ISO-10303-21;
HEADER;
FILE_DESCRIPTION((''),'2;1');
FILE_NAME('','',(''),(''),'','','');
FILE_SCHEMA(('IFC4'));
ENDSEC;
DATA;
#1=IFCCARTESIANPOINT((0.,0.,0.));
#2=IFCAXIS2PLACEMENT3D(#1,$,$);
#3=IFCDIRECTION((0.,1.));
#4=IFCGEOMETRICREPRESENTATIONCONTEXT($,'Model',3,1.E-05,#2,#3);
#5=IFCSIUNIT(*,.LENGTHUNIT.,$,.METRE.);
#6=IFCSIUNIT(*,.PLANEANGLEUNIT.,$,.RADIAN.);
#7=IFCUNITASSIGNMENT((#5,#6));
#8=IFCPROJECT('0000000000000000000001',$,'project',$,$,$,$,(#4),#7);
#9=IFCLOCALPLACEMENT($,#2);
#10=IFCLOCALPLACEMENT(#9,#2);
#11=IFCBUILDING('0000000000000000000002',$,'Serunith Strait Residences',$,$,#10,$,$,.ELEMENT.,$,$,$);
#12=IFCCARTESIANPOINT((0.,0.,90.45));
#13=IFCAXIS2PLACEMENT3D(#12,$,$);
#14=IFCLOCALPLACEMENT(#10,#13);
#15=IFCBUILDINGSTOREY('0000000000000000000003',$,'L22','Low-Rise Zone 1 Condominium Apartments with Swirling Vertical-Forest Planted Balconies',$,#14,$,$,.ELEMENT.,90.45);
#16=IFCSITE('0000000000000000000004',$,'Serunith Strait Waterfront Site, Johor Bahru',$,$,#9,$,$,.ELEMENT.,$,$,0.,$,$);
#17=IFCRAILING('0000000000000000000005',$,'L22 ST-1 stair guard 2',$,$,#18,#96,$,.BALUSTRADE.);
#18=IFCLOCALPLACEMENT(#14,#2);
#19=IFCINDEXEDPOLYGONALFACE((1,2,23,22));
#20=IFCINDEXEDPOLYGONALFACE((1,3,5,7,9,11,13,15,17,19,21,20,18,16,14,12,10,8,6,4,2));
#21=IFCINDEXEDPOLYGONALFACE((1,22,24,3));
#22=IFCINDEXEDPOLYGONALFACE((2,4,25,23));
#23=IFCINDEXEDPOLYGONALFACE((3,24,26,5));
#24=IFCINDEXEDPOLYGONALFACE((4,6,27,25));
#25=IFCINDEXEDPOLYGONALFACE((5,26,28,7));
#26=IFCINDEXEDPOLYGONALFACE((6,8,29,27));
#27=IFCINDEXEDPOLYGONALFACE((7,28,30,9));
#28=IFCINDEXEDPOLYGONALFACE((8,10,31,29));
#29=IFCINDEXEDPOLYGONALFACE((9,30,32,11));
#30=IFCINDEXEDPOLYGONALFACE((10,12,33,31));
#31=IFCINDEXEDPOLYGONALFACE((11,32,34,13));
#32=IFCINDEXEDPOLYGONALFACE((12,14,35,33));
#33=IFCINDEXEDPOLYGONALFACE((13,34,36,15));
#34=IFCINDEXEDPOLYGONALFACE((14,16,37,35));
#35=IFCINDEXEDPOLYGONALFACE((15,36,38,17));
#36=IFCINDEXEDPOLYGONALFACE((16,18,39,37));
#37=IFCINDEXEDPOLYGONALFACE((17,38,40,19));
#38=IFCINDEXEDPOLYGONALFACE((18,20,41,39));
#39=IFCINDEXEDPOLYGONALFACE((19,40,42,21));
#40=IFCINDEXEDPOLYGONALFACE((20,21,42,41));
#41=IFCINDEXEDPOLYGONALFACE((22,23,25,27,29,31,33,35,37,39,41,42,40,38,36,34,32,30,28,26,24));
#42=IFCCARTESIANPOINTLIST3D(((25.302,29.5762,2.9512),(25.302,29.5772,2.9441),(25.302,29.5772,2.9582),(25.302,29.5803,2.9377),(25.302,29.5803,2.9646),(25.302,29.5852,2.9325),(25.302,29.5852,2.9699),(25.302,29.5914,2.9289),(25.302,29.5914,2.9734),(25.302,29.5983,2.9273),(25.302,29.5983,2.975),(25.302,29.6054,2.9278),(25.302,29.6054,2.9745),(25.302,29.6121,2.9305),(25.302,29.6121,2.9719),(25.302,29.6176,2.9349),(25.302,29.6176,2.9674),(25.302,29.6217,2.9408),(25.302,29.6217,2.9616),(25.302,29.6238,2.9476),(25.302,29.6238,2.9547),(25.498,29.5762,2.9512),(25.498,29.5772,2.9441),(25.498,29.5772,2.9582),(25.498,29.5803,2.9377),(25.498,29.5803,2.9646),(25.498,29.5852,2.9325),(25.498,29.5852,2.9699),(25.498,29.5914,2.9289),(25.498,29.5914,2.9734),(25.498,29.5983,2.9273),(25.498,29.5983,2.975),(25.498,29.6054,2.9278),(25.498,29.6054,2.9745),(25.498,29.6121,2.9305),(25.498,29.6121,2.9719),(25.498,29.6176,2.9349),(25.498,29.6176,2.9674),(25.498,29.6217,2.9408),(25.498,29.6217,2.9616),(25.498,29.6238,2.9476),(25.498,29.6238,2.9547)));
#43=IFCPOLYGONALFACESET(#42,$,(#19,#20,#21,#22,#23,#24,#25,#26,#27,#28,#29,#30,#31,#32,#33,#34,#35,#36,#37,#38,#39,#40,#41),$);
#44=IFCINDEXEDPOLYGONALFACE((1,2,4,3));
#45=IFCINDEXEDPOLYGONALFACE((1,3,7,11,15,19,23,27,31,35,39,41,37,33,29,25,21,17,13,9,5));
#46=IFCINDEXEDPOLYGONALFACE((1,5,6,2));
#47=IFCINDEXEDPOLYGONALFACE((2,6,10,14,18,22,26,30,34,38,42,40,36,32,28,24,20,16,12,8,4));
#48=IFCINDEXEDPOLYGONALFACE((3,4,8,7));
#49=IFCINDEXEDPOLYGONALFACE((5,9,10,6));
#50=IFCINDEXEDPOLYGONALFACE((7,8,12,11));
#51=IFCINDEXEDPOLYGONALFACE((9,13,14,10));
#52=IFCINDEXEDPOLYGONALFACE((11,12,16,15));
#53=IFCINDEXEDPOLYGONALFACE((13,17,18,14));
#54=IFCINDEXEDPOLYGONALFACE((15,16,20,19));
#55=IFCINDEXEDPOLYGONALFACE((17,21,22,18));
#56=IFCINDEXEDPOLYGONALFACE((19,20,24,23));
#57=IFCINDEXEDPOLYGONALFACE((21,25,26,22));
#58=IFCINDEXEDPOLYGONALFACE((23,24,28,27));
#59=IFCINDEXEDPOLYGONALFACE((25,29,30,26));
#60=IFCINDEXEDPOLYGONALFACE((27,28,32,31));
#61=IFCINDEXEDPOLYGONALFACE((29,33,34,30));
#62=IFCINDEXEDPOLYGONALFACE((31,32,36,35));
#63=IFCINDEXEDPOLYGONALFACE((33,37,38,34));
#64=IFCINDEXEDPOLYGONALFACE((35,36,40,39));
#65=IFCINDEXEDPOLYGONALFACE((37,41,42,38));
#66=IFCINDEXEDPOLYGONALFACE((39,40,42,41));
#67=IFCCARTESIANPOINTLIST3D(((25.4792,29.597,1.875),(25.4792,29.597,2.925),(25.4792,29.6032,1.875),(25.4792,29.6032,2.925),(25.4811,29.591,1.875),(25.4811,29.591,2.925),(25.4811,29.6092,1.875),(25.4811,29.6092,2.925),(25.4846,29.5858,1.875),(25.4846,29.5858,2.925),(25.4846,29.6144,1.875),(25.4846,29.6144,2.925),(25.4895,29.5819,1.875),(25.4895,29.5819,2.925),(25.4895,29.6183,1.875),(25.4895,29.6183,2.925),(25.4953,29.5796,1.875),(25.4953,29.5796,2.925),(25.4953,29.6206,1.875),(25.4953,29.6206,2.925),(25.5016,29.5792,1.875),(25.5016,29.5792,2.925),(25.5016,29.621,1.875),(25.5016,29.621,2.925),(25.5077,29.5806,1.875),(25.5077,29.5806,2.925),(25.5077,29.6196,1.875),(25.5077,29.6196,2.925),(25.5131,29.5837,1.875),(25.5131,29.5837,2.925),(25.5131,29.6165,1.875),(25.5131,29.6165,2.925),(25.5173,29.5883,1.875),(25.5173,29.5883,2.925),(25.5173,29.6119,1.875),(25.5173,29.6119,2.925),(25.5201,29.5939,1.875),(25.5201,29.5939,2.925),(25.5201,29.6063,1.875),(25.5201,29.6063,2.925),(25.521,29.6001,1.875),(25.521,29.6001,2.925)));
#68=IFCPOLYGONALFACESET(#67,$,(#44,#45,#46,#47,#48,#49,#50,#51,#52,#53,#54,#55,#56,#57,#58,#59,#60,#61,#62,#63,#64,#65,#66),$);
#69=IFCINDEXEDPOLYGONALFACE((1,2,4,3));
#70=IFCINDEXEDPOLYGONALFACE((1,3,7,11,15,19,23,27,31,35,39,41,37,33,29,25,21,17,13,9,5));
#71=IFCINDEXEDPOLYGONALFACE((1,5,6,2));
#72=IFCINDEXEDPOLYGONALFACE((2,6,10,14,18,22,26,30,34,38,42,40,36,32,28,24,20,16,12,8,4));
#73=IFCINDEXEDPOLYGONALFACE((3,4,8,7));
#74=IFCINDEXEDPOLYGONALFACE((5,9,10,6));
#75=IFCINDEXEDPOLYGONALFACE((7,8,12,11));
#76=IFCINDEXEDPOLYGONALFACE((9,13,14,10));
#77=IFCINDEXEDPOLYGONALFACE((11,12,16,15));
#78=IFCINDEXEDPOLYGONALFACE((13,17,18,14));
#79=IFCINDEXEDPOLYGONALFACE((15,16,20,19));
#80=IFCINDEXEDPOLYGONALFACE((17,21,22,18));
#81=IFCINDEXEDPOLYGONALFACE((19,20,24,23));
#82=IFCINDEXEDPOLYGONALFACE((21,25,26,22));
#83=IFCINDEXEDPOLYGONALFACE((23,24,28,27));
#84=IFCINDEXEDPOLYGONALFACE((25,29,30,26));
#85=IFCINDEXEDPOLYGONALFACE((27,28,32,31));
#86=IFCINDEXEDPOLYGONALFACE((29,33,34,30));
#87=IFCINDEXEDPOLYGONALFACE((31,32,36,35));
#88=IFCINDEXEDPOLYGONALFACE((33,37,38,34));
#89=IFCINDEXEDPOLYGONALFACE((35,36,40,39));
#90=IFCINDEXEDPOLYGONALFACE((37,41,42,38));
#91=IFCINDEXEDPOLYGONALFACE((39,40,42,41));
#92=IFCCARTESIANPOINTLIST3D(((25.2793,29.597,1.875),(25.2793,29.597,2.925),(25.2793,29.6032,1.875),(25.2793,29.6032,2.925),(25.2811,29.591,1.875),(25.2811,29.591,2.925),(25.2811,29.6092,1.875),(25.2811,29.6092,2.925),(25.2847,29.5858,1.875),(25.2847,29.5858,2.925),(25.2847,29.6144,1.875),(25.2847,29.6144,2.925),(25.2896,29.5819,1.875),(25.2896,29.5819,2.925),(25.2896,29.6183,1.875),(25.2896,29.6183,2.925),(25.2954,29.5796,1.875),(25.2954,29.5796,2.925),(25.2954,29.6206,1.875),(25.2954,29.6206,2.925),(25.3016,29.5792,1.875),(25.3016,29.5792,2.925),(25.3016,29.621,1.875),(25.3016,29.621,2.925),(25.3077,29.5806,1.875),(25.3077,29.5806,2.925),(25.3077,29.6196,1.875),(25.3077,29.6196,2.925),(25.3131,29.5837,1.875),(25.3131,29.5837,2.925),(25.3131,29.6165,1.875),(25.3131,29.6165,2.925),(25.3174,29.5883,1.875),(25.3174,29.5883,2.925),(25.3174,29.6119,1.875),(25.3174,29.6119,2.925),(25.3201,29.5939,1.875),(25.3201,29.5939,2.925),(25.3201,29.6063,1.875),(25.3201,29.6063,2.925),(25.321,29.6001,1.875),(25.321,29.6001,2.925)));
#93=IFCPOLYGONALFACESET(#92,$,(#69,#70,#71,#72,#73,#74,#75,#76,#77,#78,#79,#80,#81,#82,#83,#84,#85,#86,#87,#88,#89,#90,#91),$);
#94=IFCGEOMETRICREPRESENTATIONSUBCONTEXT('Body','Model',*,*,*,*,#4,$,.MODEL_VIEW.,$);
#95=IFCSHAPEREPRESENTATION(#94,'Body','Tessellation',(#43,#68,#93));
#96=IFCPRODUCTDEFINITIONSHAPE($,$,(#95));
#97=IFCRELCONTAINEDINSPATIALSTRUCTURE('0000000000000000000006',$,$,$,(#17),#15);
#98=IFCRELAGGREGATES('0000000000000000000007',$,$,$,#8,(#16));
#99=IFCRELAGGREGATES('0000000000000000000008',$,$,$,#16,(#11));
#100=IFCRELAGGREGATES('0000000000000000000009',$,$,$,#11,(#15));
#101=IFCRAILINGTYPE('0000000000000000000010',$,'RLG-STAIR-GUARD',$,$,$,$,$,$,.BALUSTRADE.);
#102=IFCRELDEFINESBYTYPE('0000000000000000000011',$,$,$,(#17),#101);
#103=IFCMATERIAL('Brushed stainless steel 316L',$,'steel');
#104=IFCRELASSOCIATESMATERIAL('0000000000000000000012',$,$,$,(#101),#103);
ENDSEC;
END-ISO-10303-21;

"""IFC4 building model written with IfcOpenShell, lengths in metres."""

from ifc_helpers import new_model, si_unit, direction, frame, origin, origin_2d, place, context, subcontext, project, spatial, circle, extrude, material, type_object, element, save


model = new_model("IFC4")

# Units and contexts
model_context = context("Model", 3, precision=1e-05, world=origin(), true_north=direction((0.0, 1.0)))
body_context = subcontext(model_context, "Body", "Model", "MODEL_VIEW")
ifc_project = project(units=[si_unit("LENGTHUNIT", "METRE"), si_unit("PLANEANGLEUNIT", "RADIAN")], contexts=[model_context])

# Site, building, storey
site_placement = place(None, origin())
site = spatial("IfcSite", under=ifc_project, at=site_placement, Name="Serunith Strait Waterfront Site, Johor Bahru", CompositionType="ELEMENT", RefElevation=0.0)
building_placement = place(site_placement, origin())
building = spatial("IfcBuilding", under=site, at=building_placement, Name="Serunith Strait Residences", CompositionType="ELEMENT")
storey_placement = place(building_placement, frame((0.0, 0.0, 90.45)))
storey = spatial("IfcBuildingStorey", under=building, at=storey_placement, Name="L22", Description="Low-Rise Zone 1 Condominium Apartments with Swirling Vertical-Forest Planted Balconies", CompositionType="ELEMENT", Elevation=90.45)

# Railing
ifc_material_1 = material(Name="Brushed stainless steel 316L", Category="steel")
railing_type_1 = type_object("IfcRailingType", Name="RLG-STAIR-GUARD", PredefinedType="BALUSTRADE", material=ifc_material_1)
railing_1_placement = place(storey_placement, frame((25.5, 29.6001, 1.875)))
element("IfcRailing", 1, at=railing_1_placement, inside=storey, type_object=railing_type_1, Name="L22 ST-1 stair guard 2", PredefinedType="BALUSTRADE", context=body_context, shape_type="SweptSolid", body=[
    extrude(circle(Radius=0.0239, at=origin_2d()), frame((-0.002, 0.0, 1.0762), z_axis=(-1.0, 0.0, 0.0), x_axis=(0.0, -1.0, 0.0)), (0.0, 0.0, 1.0), 0.196),
    extrude(circle(Radius=0.021, at=origin_2d()), origin(), (0.0, 0.0, 1.0), 1.05),
    extrude(circle(Radius=0.021, at=origin_2d()), frame((-0.2, 0.0, 0.0)), (0.0, 0.0, 1.0), 1.05),
])

save(model, "model.ifc")
